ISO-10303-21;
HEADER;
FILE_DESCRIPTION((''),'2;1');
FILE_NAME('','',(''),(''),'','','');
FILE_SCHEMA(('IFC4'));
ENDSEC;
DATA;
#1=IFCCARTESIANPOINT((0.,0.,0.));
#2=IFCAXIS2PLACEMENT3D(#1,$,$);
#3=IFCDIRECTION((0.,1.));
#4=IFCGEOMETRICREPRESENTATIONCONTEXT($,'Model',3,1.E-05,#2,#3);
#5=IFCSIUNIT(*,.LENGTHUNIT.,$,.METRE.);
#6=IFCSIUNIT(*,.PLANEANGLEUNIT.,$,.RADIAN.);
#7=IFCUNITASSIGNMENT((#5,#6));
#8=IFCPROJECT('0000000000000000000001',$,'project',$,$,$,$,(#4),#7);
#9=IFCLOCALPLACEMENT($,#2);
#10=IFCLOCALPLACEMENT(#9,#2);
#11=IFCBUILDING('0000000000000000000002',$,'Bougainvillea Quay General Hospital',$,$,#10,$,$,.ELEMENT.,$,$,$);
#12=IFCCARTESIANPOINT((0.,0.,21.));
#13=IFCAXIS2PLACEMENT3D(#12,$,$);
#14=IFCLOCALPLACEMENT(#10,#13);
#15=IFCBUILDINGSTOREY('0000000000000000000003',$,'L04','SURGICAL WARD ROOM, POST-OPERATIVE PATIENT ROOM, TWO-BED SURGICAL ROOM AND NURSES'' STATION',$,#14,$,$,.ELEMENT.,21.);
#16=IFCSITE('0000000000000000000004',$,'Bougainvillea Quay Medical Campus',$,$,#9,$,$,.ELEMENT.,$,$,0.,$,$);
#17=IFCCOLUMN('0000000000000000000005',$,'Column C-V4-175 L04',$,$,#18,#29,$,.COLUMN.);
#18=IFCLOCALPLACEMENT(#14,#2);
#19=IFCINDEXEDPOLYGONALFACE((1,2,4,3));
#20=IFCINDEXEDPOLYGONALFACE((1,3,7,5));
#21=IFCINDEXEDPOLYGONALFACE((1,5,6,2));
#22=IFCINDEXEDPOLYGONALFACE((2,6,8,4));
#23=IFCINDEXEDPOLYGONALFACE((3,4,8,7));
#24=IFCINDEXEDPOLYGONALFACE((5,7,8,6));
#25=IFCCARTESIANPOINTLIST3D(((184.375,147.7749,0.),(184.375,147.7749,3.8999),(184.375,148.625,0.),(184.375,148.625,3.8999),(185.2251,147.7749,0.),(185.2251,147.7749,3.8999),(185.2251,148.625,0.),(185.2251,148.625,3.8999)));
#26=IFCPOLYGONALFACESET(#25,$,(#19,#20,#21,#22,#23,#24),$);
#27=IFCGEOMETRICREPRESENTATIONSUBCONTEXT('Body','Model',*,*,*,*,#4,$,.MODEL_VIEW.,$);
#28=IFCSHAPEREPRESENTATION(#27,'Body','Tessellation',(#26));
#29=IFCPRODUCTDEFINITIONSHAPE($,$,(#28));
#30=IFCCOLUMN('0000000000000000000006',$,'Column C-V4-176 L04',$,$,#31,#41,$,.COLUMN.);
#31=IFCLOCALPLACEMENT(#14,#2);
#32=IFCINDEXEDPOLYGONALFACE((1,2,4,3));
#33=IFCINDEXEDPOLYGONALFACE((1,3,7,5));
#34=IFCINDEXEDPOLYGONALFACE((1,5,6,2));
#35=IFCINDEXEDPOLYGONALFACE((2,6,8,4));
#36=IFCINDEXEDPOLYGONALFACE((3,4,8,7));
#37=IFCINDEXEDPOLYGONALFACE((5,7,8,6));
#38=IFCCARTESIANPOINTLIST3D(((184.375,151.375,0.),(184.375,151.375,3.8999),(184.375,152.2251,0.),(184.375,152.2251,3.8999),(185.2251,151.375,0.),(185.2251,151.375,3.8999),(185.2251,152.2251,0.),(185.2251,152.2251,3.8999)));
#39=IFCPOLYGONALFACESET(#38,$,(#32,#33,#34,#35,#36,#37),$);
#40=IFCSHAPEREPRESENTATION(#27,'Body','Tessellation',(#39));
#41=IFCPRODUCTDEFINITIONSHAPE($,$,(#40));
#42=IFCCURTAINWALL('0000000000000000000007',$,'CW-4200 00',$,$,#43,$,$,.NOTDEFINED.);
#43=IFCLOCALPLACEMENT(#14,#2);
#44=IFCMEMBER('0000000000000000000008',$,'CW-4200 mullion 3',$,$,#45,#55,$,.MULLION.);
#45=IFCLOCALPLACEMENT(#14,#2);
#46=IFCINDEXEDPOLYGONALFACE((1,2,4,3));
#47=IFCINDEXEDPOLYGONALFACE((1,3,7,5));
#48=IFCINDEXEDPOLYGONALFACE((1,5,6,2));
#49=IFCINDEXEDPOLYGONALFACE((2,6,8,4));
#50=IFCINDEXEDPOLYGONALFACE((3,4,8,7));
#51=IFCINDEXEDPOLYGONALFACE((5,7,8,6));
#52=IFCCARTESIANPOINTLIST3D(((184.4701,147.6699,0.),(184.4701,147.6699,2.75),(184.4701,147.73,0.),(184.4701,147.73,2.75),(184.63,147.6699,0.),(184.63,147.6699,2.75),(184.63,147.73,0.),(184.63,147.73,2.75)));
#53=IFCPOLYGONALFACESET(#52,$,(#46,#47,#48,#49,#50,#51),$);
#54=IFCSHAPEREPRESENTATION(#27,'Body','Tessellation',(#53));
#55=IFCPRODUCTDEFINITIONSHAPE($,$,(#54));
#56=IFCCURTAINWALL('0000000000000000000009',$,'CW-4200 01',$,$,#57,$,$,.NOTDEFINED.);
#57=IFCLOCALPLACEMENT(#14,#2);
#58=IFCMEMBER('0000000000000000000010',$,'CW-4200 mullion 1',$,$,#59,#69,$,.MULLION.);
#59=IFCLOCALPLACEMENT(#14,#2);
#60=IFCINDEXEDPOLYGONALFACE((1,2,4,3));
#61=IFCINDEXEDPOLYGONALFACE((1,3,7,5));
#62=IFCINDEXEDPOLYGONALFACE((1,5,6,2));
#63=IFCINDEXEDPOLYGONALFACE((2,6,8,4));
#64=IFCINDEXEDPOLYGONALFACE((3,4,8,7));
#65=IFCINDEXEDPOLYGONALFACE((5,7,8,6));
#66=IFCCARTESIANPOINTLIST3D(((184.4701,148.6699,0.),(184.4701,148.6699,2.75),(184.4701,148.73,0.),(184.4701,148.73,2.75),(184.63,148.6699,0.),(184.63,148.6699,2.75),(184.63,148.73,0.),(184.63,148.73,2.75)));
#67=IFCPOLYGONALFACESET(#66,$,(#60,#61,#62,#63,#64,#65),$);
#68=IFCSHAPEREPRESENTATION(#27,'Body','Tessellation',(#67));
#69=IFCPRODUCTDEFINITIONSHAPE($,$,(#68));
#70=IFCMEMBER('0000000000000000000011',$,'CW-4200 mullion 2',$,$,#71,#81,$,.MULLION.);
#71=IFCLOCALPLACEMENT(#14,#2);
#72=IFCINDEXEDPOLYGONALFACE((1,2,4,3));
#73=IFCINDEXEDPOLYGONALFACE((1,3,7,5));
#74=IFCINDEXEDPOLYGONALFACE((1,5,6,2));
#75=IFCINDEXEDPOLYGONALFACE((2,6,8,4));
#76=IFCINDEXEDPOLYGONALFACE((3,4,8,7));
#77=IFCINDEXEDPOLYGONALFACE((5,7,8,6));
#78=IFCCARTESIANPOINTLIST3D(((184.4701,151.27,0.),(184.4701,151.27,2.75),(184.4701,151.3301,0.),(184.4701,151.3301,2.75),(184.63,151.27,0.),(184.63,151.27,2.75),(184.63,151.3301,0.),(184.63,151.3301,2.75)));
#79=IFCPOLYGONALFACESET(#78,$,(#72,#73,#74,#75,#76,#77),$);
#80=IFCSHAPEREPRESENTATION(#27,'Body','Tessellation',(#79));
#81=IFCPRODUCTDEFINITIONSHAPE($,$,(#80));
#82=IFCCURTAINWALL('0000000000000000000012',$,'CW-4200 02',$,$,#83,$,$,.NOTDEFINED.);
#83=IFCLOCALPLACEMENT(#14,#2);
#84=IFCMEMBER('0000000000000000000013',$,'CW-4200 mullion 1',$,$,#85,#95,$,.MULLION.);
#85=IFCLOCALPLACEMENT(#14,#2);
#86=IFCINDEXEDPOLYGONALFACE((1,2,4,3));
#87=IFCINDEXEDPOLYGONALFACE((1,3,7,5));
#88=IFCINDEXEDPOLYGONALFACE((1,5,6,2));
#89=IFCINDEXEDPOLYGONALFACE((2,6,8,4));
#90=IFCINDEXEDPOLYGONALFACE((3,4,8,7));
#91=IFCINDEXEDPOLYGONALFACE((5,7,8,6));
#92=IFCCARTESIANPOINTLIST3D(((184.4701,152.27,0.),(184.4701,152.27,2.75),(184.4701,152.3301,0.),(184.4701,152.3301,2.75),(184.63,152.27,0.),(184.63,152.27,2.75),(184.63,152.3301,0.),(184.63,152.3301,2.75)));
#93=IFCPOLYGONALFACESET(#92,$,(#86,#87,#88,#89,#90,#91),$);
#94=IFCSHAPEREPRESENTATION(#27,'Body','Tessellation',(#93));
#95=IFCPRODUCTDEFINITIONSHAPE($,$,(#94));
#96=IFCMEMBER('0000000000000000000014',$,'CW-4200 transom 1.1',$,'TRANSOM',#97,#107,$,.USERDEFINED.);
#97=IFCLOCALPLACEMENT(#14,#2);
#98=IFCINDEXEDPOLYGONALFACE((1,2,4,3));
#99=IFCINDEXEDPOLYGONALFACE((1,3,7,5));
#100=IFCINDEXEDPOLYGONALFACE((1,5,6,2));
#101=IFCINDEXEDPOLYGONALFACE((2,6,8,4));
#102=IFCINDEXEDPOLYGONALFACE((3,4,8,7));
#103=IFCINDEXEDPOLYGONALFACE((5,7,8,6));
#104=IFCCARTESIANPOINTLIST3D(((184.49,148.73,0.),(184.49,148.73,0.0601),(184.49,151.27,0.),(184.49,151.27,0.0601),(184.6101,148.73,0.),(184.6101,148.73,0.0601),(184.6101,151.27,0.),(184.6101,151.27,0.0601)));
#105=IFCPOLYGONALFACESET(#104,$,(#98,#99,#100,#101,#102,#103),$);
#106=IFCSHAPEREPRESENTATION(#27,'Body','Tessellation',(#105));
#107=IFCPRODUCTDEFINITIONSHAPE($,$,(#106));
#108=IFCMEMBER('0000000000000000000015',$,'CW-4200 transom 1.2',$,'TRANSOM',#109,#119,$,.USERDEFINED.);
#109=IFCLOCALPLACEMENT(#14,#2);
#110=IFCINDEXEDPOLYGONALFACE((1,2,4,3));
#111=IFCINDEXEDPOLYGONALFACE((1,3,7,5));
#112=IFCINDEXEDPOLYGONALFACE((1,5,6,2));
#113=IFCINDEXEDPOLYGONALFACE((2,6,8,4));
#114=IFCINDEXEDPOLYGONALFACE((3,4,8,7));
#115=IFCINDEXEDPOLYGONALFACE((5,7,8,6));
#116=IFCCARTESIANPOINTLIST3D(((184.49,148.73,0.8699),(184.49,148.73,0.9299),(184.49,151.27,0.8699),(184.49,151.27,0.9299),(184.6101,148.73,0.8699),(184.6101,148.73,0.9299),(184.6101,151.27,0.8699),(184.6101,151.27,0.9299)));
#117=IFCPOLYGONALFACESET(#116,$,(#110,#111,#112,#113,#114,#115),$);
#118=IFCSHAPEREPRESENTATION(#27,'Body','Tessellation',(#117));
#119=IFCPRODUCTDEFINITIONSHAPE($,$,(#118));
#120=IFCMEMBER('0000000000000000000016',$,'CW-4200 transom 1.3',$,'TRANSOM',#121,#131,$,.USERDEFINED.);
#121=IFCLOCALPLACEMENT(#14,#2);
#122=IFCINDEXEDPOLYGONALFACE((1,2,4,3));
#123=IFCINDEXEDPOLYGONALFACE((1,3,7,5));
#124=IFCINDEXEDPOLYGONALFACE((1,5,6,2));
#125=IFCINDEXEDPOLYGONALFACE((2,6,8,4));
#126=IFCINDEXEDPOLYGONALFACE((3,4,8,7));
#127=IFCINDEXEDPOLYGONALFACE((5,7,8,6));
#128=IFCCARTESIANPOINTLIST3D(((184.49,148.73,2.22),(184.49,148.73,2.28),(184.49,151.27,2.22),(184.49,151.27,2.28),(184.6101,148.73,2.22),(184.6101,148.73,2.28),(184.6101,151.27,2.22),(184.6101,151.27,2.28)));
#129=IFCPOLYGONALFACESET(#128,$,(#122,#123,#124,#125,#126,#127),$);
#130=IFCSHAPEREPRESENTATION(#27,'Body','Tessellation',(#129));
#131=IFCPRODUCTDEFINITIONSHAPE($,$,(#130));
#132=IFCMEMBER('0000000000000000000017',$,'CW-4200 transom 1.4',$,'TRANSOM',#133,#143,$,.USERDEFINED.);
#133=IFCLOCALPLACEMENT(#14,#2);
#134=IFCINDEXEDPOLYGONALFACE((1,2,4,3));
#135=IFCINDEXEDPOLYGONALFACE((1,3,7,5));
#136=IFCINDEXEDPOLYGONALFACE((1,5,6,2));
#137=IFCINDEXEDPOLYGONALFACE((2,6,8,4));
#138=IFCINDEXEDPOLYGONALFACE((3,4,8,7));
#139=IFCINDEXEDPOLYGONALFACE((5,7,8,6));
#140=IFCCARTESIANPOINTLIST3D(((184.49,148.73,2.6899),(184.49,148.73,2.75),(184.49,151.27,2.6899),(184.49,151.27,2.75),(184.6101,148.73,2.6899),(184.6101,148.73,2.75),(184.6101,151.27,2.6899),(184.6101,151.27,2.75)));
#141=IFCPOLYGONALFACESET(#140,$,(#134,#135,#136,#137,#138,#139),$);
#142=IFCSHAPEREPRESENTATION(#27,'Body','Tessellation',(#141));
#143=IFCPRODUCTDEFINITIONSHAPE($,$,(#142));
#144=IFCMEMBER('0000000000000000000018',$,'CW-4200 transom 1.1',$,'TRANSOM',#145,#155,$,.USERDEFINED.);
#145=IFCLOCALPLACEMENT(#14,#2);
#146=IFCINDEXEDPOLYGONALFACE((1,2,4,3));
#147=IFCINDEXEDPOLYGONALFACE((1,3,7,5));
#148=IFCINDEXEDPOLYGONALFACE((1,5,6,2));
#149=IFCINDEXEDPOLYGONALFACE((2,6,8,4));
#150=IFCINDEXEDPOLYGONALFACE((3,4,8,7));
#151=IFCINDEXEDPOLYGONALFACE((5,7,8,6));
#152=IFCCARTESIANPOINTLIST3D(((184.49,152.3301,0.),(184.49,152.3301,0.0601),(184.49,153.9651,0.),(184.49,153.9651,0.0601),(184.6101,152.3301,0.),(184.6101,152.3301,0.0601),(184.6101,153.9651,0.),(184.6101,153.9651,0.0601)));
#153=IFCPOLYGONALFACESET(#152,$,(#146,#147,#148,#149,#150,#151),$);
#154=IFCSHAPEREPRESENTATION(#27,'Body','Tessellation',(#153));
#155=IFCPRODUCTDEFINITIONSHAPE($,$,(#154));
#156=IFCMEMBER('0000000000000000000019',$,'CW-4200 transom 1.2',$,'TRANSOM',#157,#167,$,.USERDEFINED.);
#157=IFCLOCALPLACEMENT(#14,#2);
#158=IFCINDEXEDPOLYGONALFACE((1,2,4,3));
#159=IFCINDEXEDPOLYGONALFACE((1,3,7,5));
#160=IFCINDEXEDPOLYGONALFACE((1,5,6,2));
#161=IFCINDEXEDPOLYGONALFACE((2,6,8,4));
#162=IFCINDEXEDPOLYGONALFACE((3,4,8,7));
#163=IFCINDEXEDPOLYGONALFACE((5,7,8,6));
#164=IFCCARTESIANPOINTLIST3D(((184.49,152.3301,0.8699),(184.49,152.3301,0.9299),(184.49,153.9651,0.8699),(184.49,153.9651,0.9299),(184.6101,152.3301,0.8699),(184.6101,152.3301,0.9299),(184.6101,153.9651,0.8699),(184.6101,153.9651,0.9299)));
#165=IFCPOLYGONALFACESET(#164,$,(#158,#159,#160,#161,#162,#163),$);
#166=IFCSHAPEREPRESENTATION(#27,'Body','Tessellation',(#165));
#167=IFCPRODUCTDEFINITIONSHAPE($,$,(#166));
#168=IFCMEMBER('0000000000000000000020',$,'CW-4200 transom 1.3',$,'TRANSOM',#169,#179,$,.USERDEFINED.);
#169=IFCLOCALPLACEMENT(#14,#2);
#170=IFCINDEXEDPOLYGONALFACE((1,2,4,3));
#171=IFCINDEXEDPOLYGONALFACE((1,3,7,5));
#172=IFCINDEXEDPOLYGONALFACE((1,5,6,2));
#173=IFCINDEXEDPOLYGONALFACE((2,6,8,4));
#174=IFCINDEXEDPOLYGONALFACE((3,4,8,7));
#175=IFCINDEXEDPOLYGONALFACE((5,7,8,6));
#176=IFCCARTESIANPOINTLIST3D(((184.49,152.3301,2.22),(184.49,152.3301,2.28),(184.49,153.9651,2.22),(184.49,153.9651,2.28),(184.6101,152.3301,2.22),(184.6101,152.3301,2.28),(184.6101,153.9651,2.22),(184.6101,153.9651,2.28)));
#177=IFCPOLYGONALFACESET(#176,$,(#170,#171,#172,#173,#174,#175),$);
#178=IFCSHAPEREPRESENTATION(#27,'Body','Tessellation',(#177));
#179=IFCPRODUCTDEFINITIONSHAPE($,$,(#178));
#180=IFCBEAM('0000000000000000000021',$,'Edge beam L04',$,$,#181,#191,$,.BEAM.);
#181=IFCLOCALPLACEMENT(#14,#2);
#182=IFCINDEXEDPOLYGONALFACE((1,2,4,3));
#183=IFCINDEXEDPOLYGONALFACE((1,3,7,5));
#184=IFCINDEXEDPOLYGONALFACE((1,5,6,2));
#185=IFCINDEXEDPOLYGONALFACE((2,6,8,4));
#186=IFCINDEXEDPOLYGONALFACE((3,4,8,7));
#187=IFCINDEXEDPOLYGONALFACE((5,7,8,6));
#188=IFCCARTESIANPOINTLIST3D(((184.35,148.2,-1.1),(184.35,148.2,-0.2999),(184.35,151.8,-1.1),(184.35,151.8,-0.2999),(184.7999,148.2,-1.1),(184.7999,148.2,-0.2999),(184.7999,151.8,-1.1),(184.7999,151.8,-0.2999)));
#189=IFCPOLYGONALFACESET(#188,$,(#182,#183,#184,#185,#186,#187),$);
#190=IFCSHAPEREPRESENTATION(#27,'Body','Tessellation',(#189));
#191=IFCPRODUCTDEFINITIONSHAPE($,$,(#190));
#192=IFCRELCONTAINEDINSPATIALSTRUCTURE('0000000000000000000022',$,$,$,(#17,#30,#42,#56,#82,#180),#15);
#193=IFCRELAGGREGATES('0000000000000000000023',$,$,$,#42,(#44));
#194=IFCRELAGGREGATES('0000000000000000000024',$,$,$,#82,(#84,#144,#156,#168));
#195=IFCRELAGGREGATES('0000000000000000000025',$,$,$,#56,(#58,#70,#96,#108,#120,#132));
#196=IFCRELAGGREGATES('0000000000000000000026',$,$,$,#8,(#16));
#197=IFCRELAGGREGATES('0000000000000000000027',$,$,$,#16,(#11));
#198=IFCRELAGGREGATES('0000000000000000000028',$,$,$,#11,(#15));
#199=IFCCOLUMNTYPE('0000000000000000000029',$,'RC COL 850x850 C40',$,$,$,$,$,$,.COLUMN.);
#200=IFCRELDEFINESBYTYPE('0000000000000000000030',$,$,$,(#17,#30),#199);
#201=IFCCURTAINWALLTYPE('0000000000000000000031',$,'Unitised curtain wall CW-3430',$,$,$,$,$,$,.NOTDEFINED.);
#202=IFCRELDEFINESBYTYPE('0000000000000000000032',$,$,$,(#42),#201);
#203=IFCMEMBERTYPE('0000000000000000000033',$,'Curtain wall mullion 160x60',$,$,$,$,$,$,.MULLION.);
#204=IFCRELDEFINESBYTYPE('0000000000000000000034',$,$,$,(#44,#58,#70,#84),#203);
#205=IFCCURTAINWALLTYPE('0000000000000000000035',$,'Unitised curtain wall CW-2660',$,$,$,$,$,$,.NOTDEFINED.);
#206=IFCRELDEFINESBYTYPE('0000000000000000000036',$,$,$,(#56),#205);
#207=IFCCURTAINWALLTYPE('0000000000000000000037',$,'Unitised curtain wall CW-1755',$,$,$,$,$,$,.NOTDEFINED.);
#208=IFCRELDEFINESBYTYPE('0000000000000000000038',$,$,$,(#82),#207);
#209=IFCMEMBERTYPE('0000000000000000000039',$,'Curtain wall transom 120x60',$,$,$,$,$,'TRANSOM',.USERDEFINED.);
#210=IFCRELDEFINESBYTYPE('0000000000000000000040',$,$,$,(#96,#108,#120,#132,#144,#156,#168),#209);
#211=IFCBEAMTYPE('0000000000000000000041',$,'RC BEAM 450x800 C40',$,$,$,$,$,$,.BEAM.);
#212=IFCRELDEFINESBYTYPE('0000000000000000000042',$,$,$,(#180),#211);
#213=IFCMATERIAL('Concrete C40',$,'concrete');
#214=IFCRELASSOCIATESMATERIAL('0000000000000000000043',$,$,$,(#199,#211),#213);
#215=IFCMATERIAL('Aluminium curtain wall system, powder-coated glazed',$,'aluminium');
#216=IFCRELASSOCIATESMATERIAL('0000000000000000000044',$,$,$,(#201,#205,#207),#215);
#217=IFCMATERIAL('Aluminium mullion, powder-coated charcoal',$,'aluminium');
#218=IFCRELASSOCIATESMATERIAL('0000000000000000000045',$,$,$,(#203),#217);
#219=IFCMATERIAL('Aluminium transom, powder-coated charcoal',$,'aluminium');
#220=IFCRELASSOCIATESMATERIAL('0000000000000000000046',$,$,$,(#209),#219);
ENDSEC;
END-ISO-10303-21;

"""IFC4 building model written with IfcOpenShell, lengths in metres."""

from ifc_helpers import new_model, si_unit, direction, frame, origin, origin_2d, place, context, subcontext, project, spatial, rectangle, extrude, material, material_profile, profile_set, type_object, element, aggregate, save


model = new_model("IFC4")

# Units and contexts
model_context = context("Model", 3, precision=1e-05, world=origin(), true_north=direction((0.0, 1.0)))
body_context = subcontext(model_context, "Body", "Model", "MODEL_VIEW")
ifc_project = project(units=[si_unit("LENGTHUNIT", "METRE"), si_unit("PLANEANGLEUNIT", "RADIAN")], contexts=[model_context])

# Site, building, storey
site_placement = place(None, origin())
site = spatial("IfcSite", under=ifc_project, at=site_placement, Name="Bougainvillea Quay Medical Campus", CompositionType="ELEMENT", RefElevation=0.0)
building_placement = place(site_placement, origin())
building = spatial("IfcBuilding", under=site, at=building_placement, Name="Bougainvillea Quay General Hospital", CompositionType="ELEMENT")
storey_placement = place(building_placement, frame((0.0, 0.0, 21.0)))
storey = spatial("IfcBuildingStorey", under=building, at=storey_placement, Name="L04", Description="SURGICAL WARD ROOM, POST-OPERATIVE PATIENT ROOM, TWO-BED SURGICAL ROOM AND NURSES' STATION", CompositionType="ELEMENT", Elevation=21.0)

# Columns
ifc_material_1 = material(Name="Concrete C40", Category="concrete")
ifc_material_profile_1 = material_profile(ifc_material_1, rectangle(XDim=0.8501, YDim=0.8501, at=origin_2d()))
ifc_profile_set_1 = profile_set([ifc_material_profile_1], Name="Concrete C40")
column_type = type_object("IfcColumnType", Name="RC COL 850x850 C40", PredefinedType="COLUMN", material=ifc_profile_set_1)
for number, where, z_axis, x_axis, name in (
    (1, (184.8, 148.2, 0.0), (0.0, 0.0, 1.0), (1.0, 0.0, 0.0), "Column C-V4-175 L04"),
    (2, (184.8, 151.8, 0.0), (0.0, 0.0, 1.0), (1.0, 0.0, 0.0), "Column C-V4-176 L04"),
):
    element("IfcColumn", number, at=place(storey_placement, frame(where, z_axis=z_axis, x_axis=x_axis)), inside=storey, type_object=column_type, Name=name, PredefinedType="COLUMN", context=body_context, shape_type="SweptSolid", body=[
        extrude(rectangle(XDim=0.8501, YDim=0.8501, at=origin_2d()), origin(), (0.0, 0.0, 1.0), 3.8999),
    ])

# Curtain wall, member
ifc_material_2 = material(Name="Aluminium curtain wall system, powder-coated glazed", Category="aluminium")
curtain_wall_type_1 = type_object("IfcCurtainWallType", Name="Unitised curtain wall CW-3430", PredefinedType="NOTDEFINED", material=ifc_material_2)
curtain_wall_1_placement = place(storey_placement, origin())
curtain_wall_1 = element("IfcCurtainWall", 3, at=curtain_wall_1_placement, inside=storey, type_object=curtain_wall_type_1, Name="CW-4200 00", PredefinedType="NOTDEFINED")
ifc_material_3 = material(Name="Aluminium mullion, powder-coated charcoal", Category="aluminium")
ifc_material_profile_2 = material_profile(ifc_material_3, rectangle(XDim=0.1599, YDim=0.0601, at=origin_2d()))
ifc_profile_set_2 = profile_set([ifc_material_profile_2], Name="Aluminium mullion, powder-coated charcoal")
member_type_1 = type_object("IfcMemberType", Name="Curtain wall mullion 160x60", PredefinedType="MULLION", material=ifc_profile_set_2)
member_1_placement = place(storey_placement, frame((184.55, 147.7, 0.0), z_axis=(0.0, 0.0, 1.0), x_axis=(-1.0, 0.0, 0.0)))
member_1 = element("IfcMember", 4, at=member_1_placement, type_object=member_type_1, Name="CW-4200 mullion 3", PredefinedType="MULLION", context=body_context, shape_type="SweptSolid", body=[
    extrude(rectangle(XDim=0.1599, YDim=0.0601, at=origin_2d()), origin(), (0.0, 0.0, 1.0), 2.75),
])
aggregate(curtain_wall_1, [member_1])

# Curtain wall, members
curtain_wall_type_2 = type_object("IfcCurtainWallType", Name="Unitised curtain wall CW-2660", PredefinedType="NOTDEFINED", material=ifc_material_2)
curtain_wall_2_placement = place(storey_placement, origin())
curtain_wall_2 = element("IfcCurtainWall", 5, at=curtain_wall_2_placement, inside=storey, type_object=curtain_wall_type_2, Name="CW-4200 01", PredefinedType="NOTDEFINED")
member_2_placement = place(storey_placement, frame((184.55, 148.7, 0.0), z_axis=(0.0, 0.0, 1.0), x_axis=(-1.0, 0.0, 0.0)))
member_2 = element("IfcMember", 6, at=member_2_placement, type_object=member_type_1, Name="CW-4200 mullion 1", PredefinedType="MULLION", context=body_context, shape_type="SweptSolid", body=[
    extrude(rectangle(XDim=0.1599, YDim=0.0601, at=origin_2d()), origin(), (0.0, 0.0, 1.0), 2.75),
])
member_3_placement = place(storey_placement, frame((184.55, 151.3, 0.0), z_axis=(0.0, 0.0, 1.0), x_axis=(-1.0, 0.0, 0.0)))
member_3 = element("IfcMember", 7, at=member_3_placement, type_object=member_type_1, Name="CW-4200 mullion 2", PredefinedType="MULLION", context=body_context, shape_type="SweptSolid", body=[
    extrude(rectangle(XDim=0.1599, YDim=0.0601, at=origin_2d()), origin(), (0.0, 0.0, 1.0), 2.75),
])

# Curtain wall, member
curtain_wall_type_3 = type_object("IfcCurtainWallType", Name="Unitised curtain wall CW-1755", PredefinedType="NOTDEFINED", material=ifc_material_2)
curtain_wall_3_placement = place(storey_placement, origin())
curtain_wall_3 = element("IfcCurtainWall", 8, at=curtain_wall_3_placement, inside=storey, type_object=curtain_wall_type_3, Name="CW-4200 02", PredefinedType="NOTDEFINED")
member_4_placement = place(storey_placement, frame((184.55, 152.3, 0.0), z_axis=(0.0, 0.0, 1.0), x_axis=(-1.0, 0.0, 0.0)))
member_4 = element("IfcMember", 9, at=member_4_placement, type_object=member_type_1, Name="CW-4200 mullion 1", PredefinedType="MULLION", context=body_context, shape_type="SweptSolid", body=[
    extrude(rectangle(XDim=0.1599, YDim=0.0601, at=origin_2d()), origin(), (0.0, 0.0, 1.0), 2.75),
])

# Members
ifc_material_4 = material(Name="Aluminium transom, powder-coated charcoal", Category="aluminium")
ifc_material_profile_3 = material_profile(ifc_material_4, rectangle(XDim=0.1201, YDim=0.0601, at=origin_2d()))
ifc_profile_set_3 = profile_set([ifc_material_profile_3], Name="Aluminium transom, powder-coated charcoal")
member_type_2 = type_object("IfcMemberType", Name="Curtain wall transom 120x60", ElementType="TRANSOM", PredefinedType="USERDEFINED", material=ifc_profile_set_3)
member_5_placement = place(storey_placement, frame((184.55, 148.73, 0.03), z_axis=(0.0, 1.0, 0.0), x_axis=(-1.0, 0.0, 0.0)))
member_5 = element("IfcMember", 10, at=member_5_placement, type_object=member_type_2, Name="CW-4200 transom 1.1", ObjectType="TRANSOM", PredefinedType="USERDEFINED", context=body_context, shape_type="SweptSolid", body=[
    extrude(rectangle(XDim=0.1201, YDim=0.0601, at=origin_2d()), origin(), (0.0, 0.0, 1.0), 2.54),
])
member_6_placement = place(storey_placement, frame((184.55, 148.73, 0.8999), z_axis=(0.0, 1.0, 0.0), x_axis=(-1.0, 0.0, 0.0)))
member_6 = element("IfcMember", 11, at=member_6_placement, type_object=member_type_2, Name="CW-4200 transom 1.2", ObjectType="TRANSOM", PredefinedType="USERDEFINED", context=body_context, shape_type="SweptSolid", body=[
    extrude(rectangle(XDim=0.1201, YDim=0.0601, at=origin_2d()), origin(), (0.0, 0.0, 1.0), 2.54),
])
member_7_placement = place(storey_placement, frame((184.55, 148.73, 2.25), z_axis=(0.0, 1.0, 0.0), x_axis=(-1.0, 0.0, 0.0)))
member_7 = element("IfcMember", 12, at=member_7_placement, type_object=member_type_2, Name="CW-4200 transom 1.3", ObjectType="TRANSOM", PredefinedType="USERDEFINED", context=body_context, shape_type="SweptSolid", body=[
    extrude(rectangle(XDim=0.1201, YDim=0.0601, at=origin_2d()), origin(), (0.0, 0.0, 1.0), 2.54),
])
member_8_placement = place(storey_placement, frame((184.55, 148.73, 2.72), z_axis=(0.0, 1.0, 0.0), x_axis=(-1.0, 0.0, 0.0)))
member_8 = element("IfcMember", 13, at=member_8_placement, type_object=member_type_2, Name="CW-4200 transom 1.4", ObjectType="TRANSOM", PredefinedType="USERDEFINED", context=body_context, shape_type="SweptSolid", body=[
    extrude(rectangle(XDim=0.1201, YDim=0.0601, at=origin_2d()), origin(), (0.0, 0.0, 1.0), 2.54),
])
member_9_placement = place(storey_placement, frame((184.55, 152.3301, 0.03), z_axis=(0.0, 1.0, 0.0), x_axis=(-1.0, 0.0, 0.0)))
member_9 = element("IfcMember", 14, at=member_9_placement, type_object=member_type_2, Name="CW-4200 transom 1.1", ObjectType="TRANSOM", PredefinedType="USERDEFINED", context=body_context, shape_type="SweptSolid", body=[
    extrude(rectangle(XDim=0.1201, YDim=0.0601, at=origin_2d()), origin(), (0.0, 0.0, 1.0), 1.635),
])
member_10_placement = place(storey_placement, frame((184.55, 152.3301, 0.8999), z_axis=(0.0, 1.0, 0.0), x_axis=(-1.0, 0.0, 0.0)))
member_10 = element("IfcMember", 15, at=member_10_placement, type_object=member_type_2, Name="CW-4200 transom 1.2", ObjectType="TRANSOM", PredefinedType="USERDEFINED", context=body_context, shape_type="SweptSolid", body=[
    extrude(rectangle(XDim=0.1201, YDim=0.0601, at=origin_2d()), origin(), (0.0, 0.0, 1.0), 1.635),
])
member_11_placement = place(storey_placement, frame((184.55, 152.3301, 2.25), z_axis=(0.0, 1.0, 0.0), x_axis=(-1.0, 0.0, 0.0)))
member_11 = element("IfcMember", 16, at=member_11_placement, type_object=member_type_2, Name="CW-4200 transom 1.3", ObjectType="TRANSOM", PredefinedType="USERDEFINED", context=body_context, shape_type="SweptSolid", body=[
    extrude(rectangle(XDim=0.1201, YDim=0.0601, at=origin_2d()), origin(), (0.0, 0.0, 1.0), 1.635),
])
aggregate(curtain_wall_3, [member_4, member_9, member_10, member_11])

# Beam
ifc_material_profile_4 = material_profile(ifc_material_1, rectangle(XDim=0.45, YDim=0.8, at=origin_2d()))
ifc_profile_set_4 = profile_set([ifc_material_profile_4], Name="Concrete C40")
beam_type = type_object("IfcBeamType", Name="RC BEAM 450x800 C40", PredefinedType="BEAM", material=ifc_profile_set_4)
beam_1_placement = place(storey_placement, frame((184.575, 148.2, -0.7), z_axis=(0.0, 1.0, 0.0), x_axis=(-1.0, 0.0, 0.0)))
element("IfcBeam", 17, at=beam_1_placement, inside=storey, type_object=beam_type, Name="Edge beam L04", PredefinedType="BEAM", context=body_context, shape_type="SweptSolid", body=[
    extrude(rectangle(XDim=0.45, YDim=0.8, at=origin_2d()), origin(), (0.0, 0.0, 1.0), 3.6001),
])

aggregate(curtain_wall_2, [member_2, member_3, member_5, member_6, member_7, member_8])

save(model, "model.ifc")
